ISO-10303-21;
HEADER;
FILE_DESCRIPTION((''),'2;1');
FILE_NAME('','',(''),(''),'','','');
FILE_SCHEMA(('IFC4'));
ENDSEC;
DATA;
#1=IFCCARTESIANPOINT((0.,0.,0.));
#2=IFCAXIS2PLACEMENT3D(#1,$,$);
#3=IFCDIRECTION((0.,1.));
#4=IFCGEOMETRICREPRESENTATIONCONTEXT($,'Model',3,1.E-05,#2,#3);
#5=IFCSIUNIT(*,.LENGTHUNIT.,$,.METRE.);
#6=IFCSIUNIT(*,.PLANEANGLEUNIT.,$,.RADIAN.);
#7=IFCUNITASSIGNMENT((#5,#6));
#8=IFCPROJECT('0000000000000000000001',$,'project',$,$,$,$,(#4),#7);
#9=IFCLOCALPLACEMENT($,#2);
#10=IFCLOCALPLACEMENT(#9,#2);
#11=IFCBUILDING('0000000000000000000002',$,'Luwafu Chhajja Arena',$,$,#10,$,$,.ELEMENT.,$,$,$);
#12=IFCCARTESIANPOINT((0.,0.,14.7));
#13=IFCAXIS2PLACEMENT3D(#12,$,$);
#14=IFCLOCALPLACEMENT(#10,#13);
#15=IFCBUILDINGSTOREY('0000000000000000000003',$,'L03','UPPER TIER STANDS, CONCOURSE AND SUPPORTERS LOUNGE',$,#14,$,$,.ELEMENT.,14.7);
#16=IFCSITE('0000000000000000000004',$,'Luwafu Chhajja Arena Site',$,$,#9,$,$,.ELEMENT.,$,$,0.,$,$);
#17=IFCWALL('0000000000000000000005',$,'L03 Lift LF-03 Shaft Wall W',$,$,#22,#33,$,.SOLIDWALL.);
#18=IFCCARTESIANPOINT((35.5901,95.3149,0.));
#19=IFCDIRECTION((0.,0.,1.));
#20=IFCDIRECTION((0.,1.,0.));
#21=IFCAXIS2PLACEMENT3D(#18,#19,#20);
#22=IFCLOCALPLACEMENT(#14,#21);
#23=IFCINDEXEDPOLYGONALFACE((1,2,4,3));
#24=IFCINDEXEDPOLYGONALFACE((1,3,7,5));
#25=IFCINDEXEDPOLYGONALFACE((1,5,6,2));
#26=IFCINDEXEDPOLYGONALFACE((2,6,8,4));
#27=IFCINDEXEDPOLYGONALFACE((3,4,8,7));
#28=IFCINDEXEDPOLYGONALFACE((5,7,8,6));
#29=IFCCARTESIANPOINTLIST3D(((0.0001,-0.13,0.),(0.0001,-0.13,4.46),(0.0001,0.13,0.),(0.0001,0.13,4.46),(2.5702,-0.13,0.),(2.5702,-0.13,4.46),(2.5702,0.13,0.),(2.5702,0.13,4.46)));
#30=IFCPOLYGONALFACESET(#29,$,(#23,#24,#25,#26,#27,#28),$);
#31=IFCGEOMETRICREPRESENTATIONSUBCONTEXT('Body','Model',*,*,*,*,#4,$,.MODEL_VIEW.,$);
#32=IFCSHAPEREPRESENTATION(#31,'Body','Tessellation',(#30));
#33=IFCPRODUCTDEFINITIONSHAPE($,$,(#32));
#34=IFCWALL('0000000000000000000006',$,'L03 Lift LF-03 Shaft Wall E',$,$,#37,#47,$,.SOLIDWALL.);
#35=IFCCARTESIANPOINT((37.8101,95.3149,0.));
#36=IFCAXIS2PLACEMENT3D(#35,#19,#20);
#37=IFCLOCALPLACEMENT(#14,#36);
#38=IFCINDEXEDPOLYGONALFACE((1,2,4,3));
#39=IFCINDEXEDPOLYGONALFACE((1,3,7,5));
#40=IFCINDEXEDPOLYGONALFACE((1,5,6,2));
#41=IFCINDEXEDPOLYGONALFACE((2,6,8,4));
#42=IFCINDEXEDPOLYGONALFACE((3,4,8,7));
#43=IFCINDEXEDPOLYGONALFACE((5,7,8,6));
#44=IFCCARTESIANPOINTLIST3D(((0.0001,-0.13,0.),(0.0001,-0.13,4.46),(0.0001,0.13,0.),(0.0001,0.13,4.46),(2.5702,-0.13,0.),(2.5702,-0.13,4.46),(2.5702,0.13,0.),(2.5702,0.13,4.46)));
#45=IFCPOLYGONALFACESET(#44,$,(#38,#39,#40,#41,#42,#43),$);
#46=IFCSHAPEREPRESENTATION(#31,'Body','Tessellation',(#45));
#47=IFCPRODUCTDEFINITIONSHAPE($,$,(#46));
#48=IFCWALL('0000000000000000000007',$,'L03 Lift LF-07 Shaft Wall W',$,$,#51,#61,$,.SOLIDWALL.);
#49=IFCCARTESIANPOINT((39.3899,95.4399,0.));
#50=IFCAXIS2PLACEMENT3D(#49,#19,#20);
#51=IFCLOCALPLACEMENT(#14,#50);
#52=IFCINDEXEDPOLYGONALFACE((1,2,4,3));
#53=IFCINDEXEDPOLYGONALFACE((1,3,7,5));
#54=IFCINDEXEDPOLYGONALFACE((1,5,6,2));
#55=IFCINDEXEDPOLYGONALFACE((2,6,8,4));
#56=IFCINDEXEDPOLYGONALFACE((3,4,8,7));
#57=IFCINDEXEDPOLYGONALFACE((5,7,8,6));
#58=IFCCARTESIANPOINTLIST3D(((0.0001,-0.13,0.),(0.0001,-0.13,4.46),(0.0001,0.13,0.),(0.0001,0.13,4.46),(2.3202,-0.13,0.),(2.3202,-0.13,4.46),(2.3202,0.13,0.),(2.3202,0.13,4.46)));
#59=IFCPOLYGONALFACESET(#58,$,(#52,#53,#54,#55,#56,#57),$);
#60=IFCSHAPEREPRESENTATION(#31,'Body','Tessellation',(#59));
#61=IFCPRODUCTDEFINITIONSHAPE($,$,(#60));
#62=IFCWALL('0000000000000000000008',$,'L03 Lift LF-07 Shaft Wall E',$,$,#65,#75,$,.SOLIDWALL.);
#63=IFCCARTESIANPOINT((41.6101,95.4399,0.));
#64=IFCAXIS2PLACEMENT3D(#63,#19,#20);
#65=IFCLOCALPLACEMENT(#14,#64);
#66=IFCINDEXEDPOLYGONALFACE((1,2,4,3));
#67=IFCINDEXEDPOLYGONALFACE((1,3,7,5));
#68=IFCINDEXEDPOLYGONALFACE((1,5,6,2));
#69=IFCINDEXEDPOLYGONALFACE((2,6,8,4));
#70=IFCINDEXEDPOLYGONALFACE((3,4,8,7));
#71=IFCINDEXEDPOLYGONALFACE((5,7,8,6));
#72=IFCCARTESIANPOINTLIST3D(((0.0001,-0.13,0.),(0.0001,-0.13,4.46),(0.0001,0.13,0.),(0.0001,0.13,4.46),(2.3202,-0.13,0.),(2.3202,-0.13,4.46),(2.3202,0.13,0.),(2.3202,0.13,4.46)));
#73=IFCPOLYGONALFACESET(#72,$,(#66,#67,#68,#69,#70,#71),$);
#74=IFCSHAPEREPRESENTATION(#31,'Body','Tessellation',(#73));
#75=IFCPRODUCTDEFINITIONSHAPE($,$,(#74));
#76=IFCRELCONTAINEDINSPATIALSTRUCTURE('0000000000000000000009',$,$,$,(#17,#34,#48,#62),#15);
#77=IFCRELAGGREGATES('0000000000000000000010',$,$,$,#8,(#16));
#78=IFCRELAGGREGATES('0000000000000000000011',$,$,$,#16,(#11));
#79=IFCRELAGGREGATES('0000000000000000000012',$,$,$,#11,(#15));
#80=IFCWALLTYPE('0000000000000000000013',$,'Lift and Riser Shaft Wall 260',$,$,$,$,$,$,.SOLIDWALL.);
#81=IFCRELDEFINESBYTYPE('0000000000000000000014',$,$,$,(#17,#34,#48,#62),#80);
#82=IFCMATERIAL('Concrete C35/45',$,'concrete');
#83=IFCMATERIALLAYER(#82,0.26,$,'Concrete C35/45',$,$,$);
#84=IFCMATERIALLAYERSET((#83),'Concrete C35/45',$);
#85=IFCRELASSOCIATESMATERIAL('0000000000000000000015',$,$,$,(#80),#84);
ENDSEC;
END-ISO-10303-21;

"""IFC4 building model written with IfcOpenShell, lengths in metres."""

from ifc_helpers import new_model, si_unit, direction, frame, frame_2d, origin, place, context, subcontext, project, spatial, rectangle, extrude, material, layer, layer_set, type_object, element, save


model = new_model("IFC4")

# Units and contexts
model_context = context("Model", 3, precision=1e-05, world=origin(), true_north=direction((0.0, 1.0)))
body_context = subcontext(model_context, "Body", "Model", "MODEL_VIEW")
ifc_project = project(units=[si_unit("LENGTHUNIT", "METRE"), si_unit("PLANEANGLEUNIT", "RADIAN")], contexts=[model_context])

# Site, building, storey
site_placement = place(None, origin())
site = spatial("IfcSite", under=ifc_project, at=site_placement, Name="Luwafu Chhajja Arena Site", CompositionType="ELEMENT", RefElevation=0.0)
building_placement = place(site_placement, origin())
building = spatial("IfcBuilding", under=site, at=building_placement, Name="Luwafu Chhajja Arena", CompositionType="ELEMENT")
storey_placement = place(building_placement, frame((0.0, 0.0, 14.7)))
storey = spatial("IfcBuildingStorey", under=building, at=storey_placement, Name="L03", Description="UPPER TIER STANDS, CONCOURSE AND SUPPORTERS LOUNGE", CompositionType="ELEMENT", Elevation=14.7)

# Shared definitions
ifc_material_1 = material(Name="Concrete C35/45", Category="concrete")
ifc_layer_1 = layer(ifc_material_1, 0.26, Name="Concrete C35/45")
ifc_layer_set_1 = layer_set([ifc_layer_1], Name="Concrete C35/45")
wall_type_1 = type_object("IfcWallType", Name="Lift and Riser Shaft Wall 260", PredefinedType="SOLIDWALL", material=ifc_layer_set_1)

# Walls
for number, where, z_axis, x_axis, name in (
    (1, (35.5901, 95.3149, 0.0), (0.0, 0.0, 1.0), (0.0, 1.0, 0.0), "L03 Lift LF-03 Shaft Wall W"),
    (2, (37.8101, 95.3149, 0.0), (0.0, 0.0, 1.0), (0.0, 1.0, 0.0), "L03 Lift LF-03 Shaft Wall E"),
):
    element("IfcWall", number, at=place(storey_placement, frame(where, z_axis=z_axis, x_axis=x_axis)), inside=storey, type_object=wall_type_1, Name=name, PredefinedType="SOLIDWALL", context=body_context, shape_type="SweptSolid", body=[
        extrude(rectangle(XDim=2.5701, YDim=0.26, at=frame_2d((1.2852, 0.0))), origin(), (0.0, 0.0, 1.0), 4.46),
    ])

# Walls
for number, where, z_axis, x_axis, name in (
    (3, (39.3899, 95.4399, 0.0), (0.0, 0.0, 1.0), (0.0, 1.0, 0.0), "L03 Lift LF-07 Shaft Wall W"),
    (4, (41.6101, 95.4399, 0.0), (0.0, 0.0, 1.0), (0.0, 1.0, 0.0), "L03 Lift LF-07 Shaft Wall E"),
):
    element("IfcWall", number, at=place(storey_placement, frame(where, z_axis=z_axis, x_axis=x_axis)), inside=storey, type_object=wall_type_1, Name=name, PredefinedType="SOLIDWALL", context=body_context, shape_type="SweptSolid", body=[
        extrude(rectangle(XDim=2.3201, YDim=0.26, at=frame_2d((1.1602, 0.0))), origin(), (0.0, 0.0, 1.0), 4.46),
    ])

save(model, "model.ifc")
